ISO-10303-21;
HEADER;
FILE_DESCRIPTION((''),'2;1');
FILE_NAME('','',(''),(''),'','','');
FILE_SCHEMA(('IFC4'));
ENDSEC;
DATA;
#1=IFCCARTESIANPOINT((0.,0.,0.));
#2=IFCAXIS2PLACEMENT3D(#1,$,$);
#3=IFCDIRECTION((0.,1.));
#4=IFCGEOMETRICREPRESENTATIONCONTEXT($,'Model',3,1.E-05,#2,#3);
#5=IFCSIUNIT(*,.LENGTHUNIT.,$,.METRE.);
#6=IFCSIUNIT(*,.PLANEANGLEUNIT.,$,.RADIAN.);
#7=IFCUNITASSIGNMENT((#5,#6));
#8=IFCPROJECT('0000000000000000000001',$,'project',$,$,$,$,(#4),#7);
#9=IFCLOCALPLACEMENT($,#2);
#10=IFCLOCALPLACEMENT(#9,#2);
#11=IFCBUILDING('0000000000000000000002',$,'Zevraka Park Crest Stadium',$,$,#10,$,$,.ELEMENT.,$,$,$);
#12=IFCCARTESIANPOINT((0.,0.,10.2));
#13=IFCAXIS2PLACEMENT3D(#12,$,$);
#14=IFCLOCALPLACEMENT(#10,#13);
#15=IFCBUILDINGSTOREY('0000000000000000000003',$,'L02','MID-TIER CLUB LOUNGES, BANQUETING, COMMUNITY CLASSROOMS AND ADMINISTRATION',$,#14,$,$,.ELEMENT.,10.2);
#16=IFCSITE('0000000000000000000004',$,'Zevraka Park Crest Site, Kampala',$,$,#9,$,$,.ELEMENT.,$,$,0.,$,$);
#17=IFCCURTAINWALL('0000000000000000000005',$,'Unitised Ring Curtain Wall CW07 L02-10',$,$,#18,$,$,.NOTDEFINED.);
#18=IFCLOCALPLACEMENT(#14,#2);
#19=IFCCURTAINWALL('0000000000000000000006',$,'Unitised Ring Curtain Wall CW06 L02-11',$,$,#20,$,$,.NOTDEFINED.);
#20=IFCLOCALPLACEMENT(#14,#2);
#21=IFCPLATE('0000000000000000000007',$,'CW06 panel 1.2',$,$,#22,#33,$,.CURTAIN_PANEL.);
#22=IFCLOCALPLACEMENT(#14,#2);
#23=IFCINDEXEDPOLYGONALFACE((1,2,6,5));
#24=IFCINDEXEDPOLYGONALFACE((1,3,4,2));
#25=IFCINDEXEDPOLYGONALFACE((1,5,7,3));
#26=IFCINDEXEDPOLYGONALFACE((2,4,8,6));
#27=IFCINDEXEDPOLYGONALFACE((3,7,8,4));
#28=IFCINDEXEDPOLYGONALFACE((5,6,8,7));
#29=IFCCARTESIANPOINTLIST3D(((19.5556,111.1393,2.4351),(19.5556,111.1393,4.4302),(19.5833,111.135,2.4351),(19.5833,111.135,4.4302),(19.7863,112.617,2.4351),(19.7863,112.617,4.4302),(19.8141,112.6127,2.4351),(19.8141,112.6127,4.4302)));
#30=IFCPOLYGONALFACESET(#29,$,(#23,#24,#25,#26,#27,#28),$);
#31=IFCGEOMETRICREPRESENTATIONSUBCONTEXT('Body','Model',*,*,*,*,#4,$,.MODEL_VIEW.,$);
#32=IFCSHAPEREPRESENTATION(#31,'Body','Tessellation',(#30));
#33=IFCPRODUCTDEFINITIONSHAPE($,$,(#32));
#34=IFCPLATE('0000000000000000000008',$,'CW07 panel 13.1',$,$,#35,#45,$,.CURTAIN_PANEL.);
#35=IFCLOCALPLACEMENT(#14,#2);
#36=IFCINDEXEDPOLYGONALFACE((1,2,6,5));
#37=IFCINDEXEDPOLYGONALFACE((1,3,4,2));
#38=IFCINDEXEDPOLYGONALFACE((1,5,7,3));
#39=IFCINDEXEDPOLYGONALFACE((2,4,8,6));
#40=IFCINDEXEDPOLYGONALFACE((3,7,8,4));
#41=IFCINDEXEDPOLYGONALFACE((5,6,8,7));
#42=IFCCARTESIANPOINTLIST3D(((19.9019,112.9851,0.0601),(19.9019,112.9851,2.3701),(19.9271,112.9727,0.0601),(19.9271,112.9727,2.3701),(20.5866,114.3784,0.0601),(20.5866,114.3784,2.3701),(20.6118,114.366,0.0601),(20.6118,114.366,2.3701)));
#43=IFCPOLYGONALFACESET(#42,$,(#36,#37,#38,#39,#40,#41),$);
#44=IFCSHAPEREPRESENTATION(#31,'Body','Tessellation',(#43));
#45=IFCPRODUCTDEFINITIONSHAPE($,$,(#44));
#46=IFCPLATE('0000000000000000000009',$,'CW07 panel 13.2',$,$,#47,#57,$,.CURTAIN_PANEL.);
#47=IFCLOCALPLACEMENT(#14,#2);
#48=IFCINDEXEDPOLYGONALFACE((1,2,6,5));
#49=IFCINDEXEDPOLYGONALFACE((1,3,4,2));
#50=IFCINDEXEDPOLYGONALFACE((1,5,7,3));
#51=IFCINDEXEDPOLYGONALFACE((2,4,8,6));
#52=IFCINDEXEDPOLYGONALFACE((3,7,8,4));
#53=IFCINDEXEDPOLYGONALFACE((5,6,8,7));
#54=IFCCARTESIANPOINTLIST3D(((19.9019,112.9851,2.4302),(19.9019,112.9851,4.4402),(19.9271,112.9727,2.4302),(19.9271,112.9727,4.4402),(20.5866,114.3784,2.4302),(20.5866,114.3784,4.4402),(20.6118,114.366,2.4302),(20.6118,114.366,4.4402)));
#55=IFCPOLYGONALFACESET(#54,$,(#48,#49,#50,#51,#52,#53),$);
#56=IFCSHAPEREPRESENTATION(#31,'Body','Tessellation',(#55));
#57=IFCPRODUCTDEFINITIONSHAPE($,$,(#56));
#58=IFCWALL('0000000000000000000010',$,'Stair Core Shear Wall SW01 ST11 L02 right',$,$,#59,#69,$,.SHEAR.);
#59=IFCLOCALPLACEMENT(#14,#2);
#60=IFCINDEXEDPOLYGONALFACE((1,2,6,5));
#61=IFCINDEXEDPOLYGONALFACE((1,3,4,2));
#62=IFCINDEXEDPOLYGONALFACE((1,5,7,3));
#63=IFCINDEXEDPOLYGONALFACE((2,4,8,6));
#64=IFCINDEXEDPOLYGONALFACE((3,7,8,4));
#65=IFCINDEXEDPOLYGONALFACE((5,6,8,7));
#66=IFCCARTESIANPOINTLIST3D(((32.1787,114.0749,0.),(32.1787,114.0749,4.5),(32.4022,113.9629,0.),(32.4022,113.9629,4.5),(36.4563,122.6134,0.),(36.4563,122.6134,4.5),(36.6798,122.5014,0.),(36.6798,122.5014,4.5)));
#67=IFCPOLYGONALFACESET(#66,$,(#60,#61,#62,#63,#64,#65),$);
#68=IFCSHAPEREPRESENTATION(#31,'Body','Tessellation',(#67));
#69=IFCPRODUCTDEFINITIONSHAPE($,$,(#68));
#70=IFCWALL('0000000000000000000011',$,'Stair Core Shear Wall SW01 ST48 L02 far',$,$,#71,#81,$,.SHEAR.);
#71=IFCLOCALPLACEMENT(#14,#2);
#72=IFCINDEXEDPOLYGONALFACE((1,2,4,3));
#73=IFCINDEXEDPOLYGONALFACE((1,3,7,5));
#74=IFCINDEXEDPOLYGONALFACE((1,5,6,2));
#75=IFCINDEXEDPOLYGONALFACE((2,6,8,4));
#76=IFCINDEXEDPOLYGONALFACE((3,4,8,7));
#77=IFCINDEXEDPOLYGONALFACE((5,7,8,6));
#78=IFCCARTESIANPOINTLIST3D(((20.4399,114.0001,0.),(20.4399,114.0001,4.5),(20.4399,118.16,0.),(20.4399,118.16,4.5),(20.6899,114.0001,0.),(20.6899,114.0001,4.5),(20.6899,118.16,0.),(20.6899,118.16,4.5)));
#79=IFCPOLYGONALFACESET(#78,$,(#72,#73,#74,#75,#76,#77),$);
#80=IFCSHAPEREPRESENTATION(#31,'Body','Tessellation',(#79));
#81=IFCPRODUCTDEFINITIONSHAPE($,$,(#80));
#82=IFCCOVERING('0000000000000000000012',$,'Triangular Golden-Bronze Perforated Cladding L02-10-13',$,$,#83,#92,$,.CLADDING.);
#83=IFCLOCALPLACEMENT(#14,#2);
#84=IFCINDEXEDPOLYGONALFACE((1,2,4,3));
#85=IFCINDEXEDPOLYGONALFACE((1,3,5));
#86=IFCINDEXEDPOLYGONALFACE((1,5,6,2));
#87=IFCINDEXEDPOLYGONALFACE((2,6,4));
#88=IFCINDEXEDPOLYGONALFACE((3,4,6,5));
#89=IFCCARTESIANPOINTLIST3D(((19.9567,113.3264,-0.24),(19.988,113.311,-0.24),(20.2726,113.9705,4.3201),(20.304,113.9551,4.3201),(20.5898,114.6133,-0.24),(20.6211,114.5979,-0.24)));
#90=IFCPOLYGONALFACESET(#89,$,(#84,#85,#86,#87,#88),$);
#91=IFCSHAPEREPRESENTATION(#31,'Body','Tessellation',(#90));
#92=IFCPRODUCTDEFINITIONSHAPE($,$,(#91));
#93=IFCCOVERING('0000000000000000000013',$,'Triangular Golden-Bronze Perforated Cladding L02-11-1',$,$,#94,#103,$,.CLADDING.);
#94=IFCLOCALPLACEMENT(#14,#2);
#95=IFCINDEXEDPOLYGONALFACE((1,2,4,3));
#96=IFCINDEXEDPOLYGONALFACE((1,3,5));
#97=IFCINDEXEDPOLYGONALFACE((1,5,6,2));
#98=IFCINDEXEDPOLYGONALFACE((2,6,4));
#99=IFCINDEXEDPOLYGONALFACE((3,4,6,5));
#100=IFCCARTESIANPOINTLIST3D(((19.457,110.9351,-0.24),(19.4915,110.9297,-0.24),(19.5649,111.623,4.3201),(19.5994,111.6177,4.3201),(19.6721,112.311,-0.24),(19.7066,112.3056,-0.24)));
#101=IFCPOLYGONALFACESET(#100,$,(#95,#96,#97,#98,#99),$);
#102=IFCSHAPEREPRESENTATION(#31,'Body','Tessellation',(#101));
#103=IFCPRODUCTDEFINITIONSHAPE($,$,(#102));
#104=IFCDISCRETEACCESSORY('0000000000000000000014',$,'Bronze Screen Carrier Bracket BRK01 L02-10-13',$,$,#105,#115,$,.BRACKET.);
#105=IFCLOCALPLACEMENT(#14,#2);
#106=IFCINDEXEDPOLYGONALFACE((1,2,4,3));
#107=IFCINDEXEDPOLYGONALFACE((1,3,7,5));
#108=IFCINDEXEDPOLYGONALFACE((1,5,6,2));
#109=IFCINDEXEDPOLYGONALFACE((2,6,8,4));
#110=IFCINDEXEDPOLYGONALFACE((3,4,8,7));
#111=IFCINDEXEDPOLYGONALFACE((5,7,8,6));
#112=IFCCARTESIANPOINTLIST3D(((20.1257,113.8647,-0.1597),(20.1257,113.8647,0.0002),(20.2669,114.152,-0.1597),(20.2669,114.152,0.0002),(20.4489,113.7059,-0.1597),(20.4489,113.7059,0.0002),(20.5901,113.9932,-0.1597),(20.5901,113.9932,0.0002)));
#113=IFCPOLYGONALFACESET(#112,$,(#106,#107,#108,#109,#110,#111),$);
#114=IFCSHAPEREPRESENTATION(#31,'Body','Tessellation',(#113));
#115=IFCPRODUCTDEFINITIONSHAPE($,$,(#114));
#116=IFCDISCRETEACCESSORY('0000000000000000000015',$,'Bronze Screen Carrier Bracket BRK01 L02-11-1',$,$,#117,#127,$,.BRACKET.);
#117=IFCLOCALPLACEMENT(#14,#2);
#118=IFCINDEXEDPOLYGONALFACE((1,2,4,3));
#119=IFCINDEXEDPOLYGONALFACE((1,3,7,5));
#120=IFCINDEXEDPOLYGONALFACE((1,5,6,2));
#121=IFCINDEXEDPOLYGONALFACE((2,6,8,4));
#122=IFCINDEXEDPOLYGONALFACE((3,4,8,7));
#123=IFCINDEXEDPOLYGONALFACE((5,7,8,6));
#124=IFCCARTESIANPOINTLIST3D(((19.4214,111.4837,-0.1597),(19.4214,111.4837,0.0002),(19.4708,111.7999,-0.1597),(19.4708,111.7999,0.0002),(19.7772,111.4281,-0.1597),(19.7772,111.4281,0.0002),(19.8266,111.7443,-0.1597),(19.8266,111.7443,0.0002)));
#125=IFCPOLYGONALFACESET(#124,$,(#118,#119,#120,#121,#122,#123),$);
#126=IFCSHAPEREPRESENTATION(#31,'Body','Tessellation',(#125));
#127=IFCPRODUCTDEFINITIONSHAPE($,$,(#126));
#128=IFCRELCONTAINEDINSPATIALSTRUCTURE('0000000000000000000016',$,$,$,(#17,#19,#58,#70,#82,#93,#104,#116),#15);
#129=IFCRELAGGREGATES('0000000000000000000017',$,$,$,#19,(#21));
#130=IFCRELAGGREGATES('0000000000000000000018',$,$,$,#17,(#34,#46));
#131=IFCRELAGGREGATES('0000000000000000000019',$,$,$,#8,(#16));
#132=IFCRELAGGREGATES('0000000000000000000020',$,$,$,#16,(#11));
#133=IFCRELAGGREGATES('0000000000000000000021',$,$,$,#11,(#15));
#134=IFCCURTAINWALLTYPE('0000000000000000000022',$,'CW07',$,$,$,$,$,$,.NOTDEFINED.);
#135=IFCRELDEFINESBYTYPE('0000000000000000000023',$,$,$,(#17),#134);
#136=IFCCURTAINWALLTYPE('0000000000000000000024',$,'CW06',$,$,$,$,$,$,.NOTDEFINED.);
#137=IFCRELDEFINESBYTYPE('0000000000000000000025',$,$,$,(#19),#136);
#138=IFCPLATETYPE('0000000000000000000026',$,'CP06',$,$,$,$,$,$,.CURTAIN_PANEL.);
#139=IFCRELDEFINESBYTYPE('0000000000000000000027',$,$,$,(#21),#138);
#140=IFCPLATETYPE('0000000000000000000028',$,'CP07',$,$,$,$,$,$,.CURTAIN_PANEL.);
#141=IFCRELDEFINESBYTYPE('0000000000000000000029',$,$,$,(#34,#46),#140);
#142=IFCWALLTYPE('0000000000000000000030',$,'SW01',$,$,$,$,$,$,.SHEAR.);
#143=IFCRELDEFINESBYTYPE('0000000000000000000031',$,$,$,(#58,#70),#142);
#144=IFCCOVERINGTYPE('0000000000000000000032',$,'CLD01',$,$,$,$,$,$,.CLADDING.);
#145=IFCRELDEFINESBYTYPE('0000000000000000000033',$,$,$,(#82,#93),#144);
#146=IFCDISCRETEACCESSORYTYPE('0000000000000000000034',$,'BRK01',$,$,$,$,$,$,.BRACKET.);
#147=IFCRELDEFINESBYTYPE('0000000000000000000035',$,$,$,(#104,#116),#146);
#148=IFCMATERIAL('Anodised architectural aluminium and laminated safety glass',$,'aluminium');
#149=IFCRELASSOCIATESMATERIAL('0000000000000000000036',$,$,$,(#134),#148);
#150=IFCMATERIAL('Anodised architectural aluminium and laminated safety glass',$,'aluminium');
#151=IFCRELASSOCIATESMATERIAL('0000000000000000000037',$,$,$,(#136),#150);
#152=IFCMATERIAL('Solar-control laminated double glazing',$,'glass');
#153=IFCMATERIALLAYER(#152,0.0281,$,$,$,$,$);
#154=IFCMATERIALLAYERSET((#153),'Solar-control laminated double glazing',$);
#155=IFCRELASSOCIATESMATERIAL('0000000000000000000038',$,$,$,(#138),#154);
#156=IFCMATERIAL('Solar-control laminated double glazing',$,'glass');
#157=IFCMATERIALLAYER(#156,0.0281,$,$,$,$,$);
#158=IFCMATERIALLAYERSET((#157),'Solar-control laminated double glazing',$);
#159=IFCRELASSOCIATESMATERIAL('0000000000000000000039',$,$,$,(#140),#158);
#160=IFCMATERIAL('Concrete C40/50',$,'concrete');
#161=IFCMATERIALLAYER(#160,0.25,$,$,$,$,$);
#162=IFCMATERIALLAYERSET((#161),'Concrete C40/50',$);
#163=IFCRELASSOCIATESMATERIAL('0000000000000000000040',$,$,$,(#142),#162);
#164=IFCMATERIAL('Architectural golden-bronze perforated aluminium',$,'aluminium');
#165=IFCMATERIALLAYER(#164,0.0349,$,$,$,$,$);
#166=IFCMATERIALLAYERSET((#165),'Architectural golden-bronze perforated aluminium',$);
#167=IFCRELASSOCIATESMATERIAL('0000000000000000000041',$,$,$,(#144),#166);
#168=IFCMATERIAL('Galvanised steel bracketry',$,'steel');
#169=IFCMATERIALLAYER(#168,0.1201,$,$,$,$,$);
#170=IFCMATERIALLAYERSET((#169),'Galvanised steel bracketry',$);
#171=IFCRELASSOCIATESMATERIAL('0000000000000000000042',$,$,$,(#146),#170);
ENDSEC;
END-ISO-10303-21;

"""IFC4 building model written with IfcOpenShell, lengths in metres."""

from ifc_helpers import new_model, si_unit, direction, frame, frame_2d, origin, origin_2d, place, context, subcontext, project, spatial, polyline, rectangle, outline, extrude, material, layer, layer_set, type_object, element, aggregate, save


model = new_model("IFC4")

# Units and contexts
model_context = context("Model", 3, precision=1e-05, world=origin(), true_north=direction((0.0, 1.0)))
body_context = subcontext(model_context, "Body", "Model", "MODEL_VIEW")
ifc_project = project(units=[si_unit("LENGTHUNIT", "METRE"), si_unit("PLANEANGLEUNIT", "RADIAN")], contexts=[model_context])

# Site, building, storey
site_placement = place(None, origin())
site = spatial("IfcSite", under=ifc_project, at=site_placement, Name="Zevraka Park Crest Site, Kampala", CompositionType="ELEMENT", RefElevation=0.0)
building_placement = place(site_placement, origin())
building = spatial("IfcBuilding", under=site, at=building_placement, Name="Zevraka Park Crest Stadium", CompositionType="ELEMENT")
storey_placement = place(building_placement, frame((0.0, 0.0, 10.2)))
storey = spatial("IfcBuildingStorey", under=building, at=storey_placement, Name="L02", Description="MID-TIER CLUB LOUNGES, BANQUETING, COMMUNITY CLASSROOMS AND ADMINISTRATION", CompositionType="ELEMENT", Elevation=10.2)

# Curtain wall
ifc_material_1 = material(Name="Anodised architectural aluminium and laminated safety glass", Category="aluminium")
curtain_wall_type_1 = type_object("IfcCurtainWallType", Name="CW07", PredefinedType="NOTDEFINED", material=ifc_material_1)
curtain_wall_1_placement = place(storey_placement, origin())
curtain_wall_1 = element("IfcCurtainWall", 1, at=curtain_wall_1_placement, inside=storey, type_object=curtain_wall_type_1, Name="Unitised Ring Curtain Wall CW07 L02-10", PredefinedType="NOTDEFINED")

# Curtain wall
ifc_material_2 = material(Name="Anodised architectural aluminium and laminated safety glass", Category="aluminium")
curtain_wall_type_2 = type_object("IfcCurtainWallType", Name="CW06", PredefinedType="NOTDEFINED", material=ifc_material_2)
curtain_wall_2_placement = place(storey_placement, origin())
curtain_wall_2 = element("IfcCurtainWall", 2, at=curtain_wall_2_placement, inside=storey, type_object=curtain_wall_type_2, Name="Unitised Ring Curtain Wall CW06 L02-11", PredefinedType="NOTDEFINED")

# Plates
ifc_material_3 = material(Name="Solar-control laminated double glazing", Category="glass")
ifc_layer_1 = layer(ifc_material_3, 0.0281)
ifc_layer_set_1 = layer_set([ifc_layer_1], Name="Solar-control laminated double glazing")
plate_type_1 = type_object("IfcPlateType", Name="CP06", PredefinedType="CURTAIN_PANEL", material=ifc_layer_set_1)
plate_1_placement = place(storey_placement, frame((19.6848, 111.876, 2.4351), z_axis=(0.0, 0.0, 1.0), x_axis=(-0.154274, -0.988028, 0.0)))
plate_1 = element("IfcPlate", 3, at=plate_1_placement, type_object=plate_type_1, Name="CW06 panel 1.2", PredefinedType="CURTAIN_PANEL", context=body_context, shape_type="SweptSolid", body=[
    extrude(rectangle(XDim=1.4956, YDim=0.0281, at=origin_2d()), origin(), (0.0, 0.0, 1.0), 1.9951),
])
aggregate(curtain_wall_2, [plate_1])
ifc_material_4 = material(Name="Solar-control laminated double glazing", Category="glass")
ifc_layer_2 = layer(ifc_material_4, 0.0281)
ifc_layer_set_2 = layer_set([ifc_layer_2], Name="Solar-control laminated double glazing")
plate_type_2 = type_object("IfcPlateType", Name="CP07", PredefinedType="CURTAIN_PANEL", material=ifc_layer_set_2)
plate_2_placement = place(storey_placement, frame((20.2568, 113.6755, 0.0601), z_axis=(0.0, 0.0, 1.0), x_axis=(-0.441021, -0.897497, 0.0)))
plate_2 = element("IfcPlate", 4, at=plate_2_placement, type_object=plate_type_2, Name="CW07 panel 13.1", PredefinedType="CURTAIN_PANEL", context=body_context, shape_type="SweptSolid", body=[
    extrude(rectangle(XDim=1.5525, YDim=0.0281, at=origin_2d()), origin(), (0.0, 0.0, 1.0), 2.3101),
])
plate_3_placement = place(storey_placement, frame((20.2568, 113.6755, 2.4302), z_axis=(0.0, 0.0, 1.0), x_axis=(-0.441021, -0.897497, 0.0)))
plate_3 = element("IfcPlate", 5, at=plate_3_placement, type_object=plate_type_2, Name="CW07 panel 13.2", PredefinedType="CURTAIN_PANEL", context=body_context, shape_type="SweptSolid", body=[
    extrude(rectangle(XDim=1.5525, YDim=0.0281, at=origin_2d()), origin(), (0.0, 0.0, 1.0), 2.01),
])
aggregate(curtain_wall_1, [plate_2, plate_3])

# Walls
ifc_material_5 = material(Name="Concrete C40/50", Category="concrete")
ifc_layer_3 = layer(ifc_material_5, 0.25)
ifc_layer_set_3 = layer_set([ifc_layer_3], Name="Concrete C40/50")
wall_type = type_object("IfcWallType", Name="SW01", PredefinedType="SHEAR", material=ifc_layer_set_3)
wall_1_placement = place(storey_placement, frame((32.2905, 114.019, 0.0), z_axis=(0.0, 0.0, 1.0), x_axis=(0.447909, 0.894079, 0.0)))
element("IfcWall", 6, at=wall_1_placement, inside=storey, type_object=wall_type, Name="Stair Core Shear Wall SW01 ST11 L02 right", PredefinedType="SHEAR", context=body_context, shape_type="SweptSolid", body=[
    extrude(rectangle(XDim=9.55, YDim=0.25, at=frame_2d((4.7749, 0.0))), origin(), (0.0, 0.0, 1.0), 4.5),
])
wall_2_placement = place(storey_placement, frame((20.5649, 114.0, 0.0), z_axis=(0.0, 0.0, 1.0), x_axis=(0.0, 1.0, 0.0)))
element("IfcWall", 7, at=wall_2_placement, inside=storey, type_object=wall_type, Name="Stair Core Shear Wall SW01 ST48 L02 far", PredefinedType="SHEAR", context=body_context, shape_type="SweptSolid", body=[
    extrude(rectangle(XDim=4.1599, YDim=0.25, at=frame_2d((2.0801, 0.0))), origin(), (0.0, 0.0, 1.0), 4.5),
])

# Coverings
ifc_material_6 = material(Name="Architectural golden-bronze perforated aluminium", Category="aluminium")
ifc_layer_4 = layer(ifc_material_6, 0.0349)
ifc_layer_set_4 = layer_set([ifc_layer_4], Name="Architectural golden-bronze perforated aluminium")
covering_type = type_object("IfcCoveringType", Name="CLD01", PredefinedType="CLADDING", material=ifc_layer_set_4)
covering_1_placement = place(storey_placement, frame((20.6211, 114.5979, -0.24), z_axis=(0.897302, -0.441416, 0.000179), x_axis=(-0.441416, -0.897302, 0.0)))
element("IfcCovering", 8, at=covering_1_placement, inside=storey, type_object=covering_type, Name="Triangular Golden-Bronze Perforated Cladding L02-10-13", PredefinedType="CLADDING", context=body_context, shape_type="SweptSolid", body=[
    extrude(outline(polyline([(0.0, 0.0), (1.4341, 0.0), (0.7168, -4.5601), (0.0, 0.0)])), origin(), (0.0, 0.0, -1.0), 0.0349),
])
covering_2_placement = place(storey_placement, frame((19.6721, 112.311, -0.24), z_axis=(-0.988002, 0.154441, 0.000079), x_axis=(-0.154441, -0.988002, 0.0)))
element("IfcCovering", 9, at=covering_2_placement, inside=storey, type_object=covering_type, Name="Triangular Golden-Bronze Perforated Cladding L02-11-1", PredefinedType="CLADDING", context=body_context, shape_type="SweptSolid", body=[
    extrude(outline(polyline([(0.0, 0.0), (1.3927, 0.0), (0.6963, 4.5601), (0.0, 0.0)])), origin(), (0.0, 0.0, -1.0), 0.0349),
])

# Discrete accessories
ifc_material_7 = material(Name="Galvanised steel bracketry", Category="steel")
ifc_layer_5 = layer(ifc_material_7, 0.1201)
ifc_layer_set_5 = layer_set([ifc_layer_5], Name="Galvanised steel bracketry")
discrete_accessory_type = type_object("IfcDiscreteAccessoryType", Name="BRK01", PredefinedType="BRACKET", material=ifc_layer_set_5)
for number, where, z_axis, x_axis, name in (
    (10, (20.3579, 113.929, -0.1597), (0.0, 0.0, 1.0), (-0.441036, -0.897489, 0.0), "Bronze Screen Carrier Bracket BRK01 L02-10-13"),
    (11, (19.624, 111.614, -0.1597), (0.0, 0.0, 1.0), (-0.154366, -0.988014, 0.0), "Bronze Screen Carrier Bracket BRK01 L02-11-1"),
):
    element("IfcDiscreteAccessory", number, at=place(storey_placement, frame(where, z_axis=z_axis, x_axis=x_axis)), inside=storey, type_object=discrete_accessory_type, Name=name, PredefinedType="BRACKET", context=body_context, shape_type="SweptSolid", body=[
        extrude(rectangle(XDim=0.3201, YDim=0.3601, at=origin_2d()), origin(), (0.0, 0.0, 1.0), 0.1599),
    ])

save(model, "model.ifc")
